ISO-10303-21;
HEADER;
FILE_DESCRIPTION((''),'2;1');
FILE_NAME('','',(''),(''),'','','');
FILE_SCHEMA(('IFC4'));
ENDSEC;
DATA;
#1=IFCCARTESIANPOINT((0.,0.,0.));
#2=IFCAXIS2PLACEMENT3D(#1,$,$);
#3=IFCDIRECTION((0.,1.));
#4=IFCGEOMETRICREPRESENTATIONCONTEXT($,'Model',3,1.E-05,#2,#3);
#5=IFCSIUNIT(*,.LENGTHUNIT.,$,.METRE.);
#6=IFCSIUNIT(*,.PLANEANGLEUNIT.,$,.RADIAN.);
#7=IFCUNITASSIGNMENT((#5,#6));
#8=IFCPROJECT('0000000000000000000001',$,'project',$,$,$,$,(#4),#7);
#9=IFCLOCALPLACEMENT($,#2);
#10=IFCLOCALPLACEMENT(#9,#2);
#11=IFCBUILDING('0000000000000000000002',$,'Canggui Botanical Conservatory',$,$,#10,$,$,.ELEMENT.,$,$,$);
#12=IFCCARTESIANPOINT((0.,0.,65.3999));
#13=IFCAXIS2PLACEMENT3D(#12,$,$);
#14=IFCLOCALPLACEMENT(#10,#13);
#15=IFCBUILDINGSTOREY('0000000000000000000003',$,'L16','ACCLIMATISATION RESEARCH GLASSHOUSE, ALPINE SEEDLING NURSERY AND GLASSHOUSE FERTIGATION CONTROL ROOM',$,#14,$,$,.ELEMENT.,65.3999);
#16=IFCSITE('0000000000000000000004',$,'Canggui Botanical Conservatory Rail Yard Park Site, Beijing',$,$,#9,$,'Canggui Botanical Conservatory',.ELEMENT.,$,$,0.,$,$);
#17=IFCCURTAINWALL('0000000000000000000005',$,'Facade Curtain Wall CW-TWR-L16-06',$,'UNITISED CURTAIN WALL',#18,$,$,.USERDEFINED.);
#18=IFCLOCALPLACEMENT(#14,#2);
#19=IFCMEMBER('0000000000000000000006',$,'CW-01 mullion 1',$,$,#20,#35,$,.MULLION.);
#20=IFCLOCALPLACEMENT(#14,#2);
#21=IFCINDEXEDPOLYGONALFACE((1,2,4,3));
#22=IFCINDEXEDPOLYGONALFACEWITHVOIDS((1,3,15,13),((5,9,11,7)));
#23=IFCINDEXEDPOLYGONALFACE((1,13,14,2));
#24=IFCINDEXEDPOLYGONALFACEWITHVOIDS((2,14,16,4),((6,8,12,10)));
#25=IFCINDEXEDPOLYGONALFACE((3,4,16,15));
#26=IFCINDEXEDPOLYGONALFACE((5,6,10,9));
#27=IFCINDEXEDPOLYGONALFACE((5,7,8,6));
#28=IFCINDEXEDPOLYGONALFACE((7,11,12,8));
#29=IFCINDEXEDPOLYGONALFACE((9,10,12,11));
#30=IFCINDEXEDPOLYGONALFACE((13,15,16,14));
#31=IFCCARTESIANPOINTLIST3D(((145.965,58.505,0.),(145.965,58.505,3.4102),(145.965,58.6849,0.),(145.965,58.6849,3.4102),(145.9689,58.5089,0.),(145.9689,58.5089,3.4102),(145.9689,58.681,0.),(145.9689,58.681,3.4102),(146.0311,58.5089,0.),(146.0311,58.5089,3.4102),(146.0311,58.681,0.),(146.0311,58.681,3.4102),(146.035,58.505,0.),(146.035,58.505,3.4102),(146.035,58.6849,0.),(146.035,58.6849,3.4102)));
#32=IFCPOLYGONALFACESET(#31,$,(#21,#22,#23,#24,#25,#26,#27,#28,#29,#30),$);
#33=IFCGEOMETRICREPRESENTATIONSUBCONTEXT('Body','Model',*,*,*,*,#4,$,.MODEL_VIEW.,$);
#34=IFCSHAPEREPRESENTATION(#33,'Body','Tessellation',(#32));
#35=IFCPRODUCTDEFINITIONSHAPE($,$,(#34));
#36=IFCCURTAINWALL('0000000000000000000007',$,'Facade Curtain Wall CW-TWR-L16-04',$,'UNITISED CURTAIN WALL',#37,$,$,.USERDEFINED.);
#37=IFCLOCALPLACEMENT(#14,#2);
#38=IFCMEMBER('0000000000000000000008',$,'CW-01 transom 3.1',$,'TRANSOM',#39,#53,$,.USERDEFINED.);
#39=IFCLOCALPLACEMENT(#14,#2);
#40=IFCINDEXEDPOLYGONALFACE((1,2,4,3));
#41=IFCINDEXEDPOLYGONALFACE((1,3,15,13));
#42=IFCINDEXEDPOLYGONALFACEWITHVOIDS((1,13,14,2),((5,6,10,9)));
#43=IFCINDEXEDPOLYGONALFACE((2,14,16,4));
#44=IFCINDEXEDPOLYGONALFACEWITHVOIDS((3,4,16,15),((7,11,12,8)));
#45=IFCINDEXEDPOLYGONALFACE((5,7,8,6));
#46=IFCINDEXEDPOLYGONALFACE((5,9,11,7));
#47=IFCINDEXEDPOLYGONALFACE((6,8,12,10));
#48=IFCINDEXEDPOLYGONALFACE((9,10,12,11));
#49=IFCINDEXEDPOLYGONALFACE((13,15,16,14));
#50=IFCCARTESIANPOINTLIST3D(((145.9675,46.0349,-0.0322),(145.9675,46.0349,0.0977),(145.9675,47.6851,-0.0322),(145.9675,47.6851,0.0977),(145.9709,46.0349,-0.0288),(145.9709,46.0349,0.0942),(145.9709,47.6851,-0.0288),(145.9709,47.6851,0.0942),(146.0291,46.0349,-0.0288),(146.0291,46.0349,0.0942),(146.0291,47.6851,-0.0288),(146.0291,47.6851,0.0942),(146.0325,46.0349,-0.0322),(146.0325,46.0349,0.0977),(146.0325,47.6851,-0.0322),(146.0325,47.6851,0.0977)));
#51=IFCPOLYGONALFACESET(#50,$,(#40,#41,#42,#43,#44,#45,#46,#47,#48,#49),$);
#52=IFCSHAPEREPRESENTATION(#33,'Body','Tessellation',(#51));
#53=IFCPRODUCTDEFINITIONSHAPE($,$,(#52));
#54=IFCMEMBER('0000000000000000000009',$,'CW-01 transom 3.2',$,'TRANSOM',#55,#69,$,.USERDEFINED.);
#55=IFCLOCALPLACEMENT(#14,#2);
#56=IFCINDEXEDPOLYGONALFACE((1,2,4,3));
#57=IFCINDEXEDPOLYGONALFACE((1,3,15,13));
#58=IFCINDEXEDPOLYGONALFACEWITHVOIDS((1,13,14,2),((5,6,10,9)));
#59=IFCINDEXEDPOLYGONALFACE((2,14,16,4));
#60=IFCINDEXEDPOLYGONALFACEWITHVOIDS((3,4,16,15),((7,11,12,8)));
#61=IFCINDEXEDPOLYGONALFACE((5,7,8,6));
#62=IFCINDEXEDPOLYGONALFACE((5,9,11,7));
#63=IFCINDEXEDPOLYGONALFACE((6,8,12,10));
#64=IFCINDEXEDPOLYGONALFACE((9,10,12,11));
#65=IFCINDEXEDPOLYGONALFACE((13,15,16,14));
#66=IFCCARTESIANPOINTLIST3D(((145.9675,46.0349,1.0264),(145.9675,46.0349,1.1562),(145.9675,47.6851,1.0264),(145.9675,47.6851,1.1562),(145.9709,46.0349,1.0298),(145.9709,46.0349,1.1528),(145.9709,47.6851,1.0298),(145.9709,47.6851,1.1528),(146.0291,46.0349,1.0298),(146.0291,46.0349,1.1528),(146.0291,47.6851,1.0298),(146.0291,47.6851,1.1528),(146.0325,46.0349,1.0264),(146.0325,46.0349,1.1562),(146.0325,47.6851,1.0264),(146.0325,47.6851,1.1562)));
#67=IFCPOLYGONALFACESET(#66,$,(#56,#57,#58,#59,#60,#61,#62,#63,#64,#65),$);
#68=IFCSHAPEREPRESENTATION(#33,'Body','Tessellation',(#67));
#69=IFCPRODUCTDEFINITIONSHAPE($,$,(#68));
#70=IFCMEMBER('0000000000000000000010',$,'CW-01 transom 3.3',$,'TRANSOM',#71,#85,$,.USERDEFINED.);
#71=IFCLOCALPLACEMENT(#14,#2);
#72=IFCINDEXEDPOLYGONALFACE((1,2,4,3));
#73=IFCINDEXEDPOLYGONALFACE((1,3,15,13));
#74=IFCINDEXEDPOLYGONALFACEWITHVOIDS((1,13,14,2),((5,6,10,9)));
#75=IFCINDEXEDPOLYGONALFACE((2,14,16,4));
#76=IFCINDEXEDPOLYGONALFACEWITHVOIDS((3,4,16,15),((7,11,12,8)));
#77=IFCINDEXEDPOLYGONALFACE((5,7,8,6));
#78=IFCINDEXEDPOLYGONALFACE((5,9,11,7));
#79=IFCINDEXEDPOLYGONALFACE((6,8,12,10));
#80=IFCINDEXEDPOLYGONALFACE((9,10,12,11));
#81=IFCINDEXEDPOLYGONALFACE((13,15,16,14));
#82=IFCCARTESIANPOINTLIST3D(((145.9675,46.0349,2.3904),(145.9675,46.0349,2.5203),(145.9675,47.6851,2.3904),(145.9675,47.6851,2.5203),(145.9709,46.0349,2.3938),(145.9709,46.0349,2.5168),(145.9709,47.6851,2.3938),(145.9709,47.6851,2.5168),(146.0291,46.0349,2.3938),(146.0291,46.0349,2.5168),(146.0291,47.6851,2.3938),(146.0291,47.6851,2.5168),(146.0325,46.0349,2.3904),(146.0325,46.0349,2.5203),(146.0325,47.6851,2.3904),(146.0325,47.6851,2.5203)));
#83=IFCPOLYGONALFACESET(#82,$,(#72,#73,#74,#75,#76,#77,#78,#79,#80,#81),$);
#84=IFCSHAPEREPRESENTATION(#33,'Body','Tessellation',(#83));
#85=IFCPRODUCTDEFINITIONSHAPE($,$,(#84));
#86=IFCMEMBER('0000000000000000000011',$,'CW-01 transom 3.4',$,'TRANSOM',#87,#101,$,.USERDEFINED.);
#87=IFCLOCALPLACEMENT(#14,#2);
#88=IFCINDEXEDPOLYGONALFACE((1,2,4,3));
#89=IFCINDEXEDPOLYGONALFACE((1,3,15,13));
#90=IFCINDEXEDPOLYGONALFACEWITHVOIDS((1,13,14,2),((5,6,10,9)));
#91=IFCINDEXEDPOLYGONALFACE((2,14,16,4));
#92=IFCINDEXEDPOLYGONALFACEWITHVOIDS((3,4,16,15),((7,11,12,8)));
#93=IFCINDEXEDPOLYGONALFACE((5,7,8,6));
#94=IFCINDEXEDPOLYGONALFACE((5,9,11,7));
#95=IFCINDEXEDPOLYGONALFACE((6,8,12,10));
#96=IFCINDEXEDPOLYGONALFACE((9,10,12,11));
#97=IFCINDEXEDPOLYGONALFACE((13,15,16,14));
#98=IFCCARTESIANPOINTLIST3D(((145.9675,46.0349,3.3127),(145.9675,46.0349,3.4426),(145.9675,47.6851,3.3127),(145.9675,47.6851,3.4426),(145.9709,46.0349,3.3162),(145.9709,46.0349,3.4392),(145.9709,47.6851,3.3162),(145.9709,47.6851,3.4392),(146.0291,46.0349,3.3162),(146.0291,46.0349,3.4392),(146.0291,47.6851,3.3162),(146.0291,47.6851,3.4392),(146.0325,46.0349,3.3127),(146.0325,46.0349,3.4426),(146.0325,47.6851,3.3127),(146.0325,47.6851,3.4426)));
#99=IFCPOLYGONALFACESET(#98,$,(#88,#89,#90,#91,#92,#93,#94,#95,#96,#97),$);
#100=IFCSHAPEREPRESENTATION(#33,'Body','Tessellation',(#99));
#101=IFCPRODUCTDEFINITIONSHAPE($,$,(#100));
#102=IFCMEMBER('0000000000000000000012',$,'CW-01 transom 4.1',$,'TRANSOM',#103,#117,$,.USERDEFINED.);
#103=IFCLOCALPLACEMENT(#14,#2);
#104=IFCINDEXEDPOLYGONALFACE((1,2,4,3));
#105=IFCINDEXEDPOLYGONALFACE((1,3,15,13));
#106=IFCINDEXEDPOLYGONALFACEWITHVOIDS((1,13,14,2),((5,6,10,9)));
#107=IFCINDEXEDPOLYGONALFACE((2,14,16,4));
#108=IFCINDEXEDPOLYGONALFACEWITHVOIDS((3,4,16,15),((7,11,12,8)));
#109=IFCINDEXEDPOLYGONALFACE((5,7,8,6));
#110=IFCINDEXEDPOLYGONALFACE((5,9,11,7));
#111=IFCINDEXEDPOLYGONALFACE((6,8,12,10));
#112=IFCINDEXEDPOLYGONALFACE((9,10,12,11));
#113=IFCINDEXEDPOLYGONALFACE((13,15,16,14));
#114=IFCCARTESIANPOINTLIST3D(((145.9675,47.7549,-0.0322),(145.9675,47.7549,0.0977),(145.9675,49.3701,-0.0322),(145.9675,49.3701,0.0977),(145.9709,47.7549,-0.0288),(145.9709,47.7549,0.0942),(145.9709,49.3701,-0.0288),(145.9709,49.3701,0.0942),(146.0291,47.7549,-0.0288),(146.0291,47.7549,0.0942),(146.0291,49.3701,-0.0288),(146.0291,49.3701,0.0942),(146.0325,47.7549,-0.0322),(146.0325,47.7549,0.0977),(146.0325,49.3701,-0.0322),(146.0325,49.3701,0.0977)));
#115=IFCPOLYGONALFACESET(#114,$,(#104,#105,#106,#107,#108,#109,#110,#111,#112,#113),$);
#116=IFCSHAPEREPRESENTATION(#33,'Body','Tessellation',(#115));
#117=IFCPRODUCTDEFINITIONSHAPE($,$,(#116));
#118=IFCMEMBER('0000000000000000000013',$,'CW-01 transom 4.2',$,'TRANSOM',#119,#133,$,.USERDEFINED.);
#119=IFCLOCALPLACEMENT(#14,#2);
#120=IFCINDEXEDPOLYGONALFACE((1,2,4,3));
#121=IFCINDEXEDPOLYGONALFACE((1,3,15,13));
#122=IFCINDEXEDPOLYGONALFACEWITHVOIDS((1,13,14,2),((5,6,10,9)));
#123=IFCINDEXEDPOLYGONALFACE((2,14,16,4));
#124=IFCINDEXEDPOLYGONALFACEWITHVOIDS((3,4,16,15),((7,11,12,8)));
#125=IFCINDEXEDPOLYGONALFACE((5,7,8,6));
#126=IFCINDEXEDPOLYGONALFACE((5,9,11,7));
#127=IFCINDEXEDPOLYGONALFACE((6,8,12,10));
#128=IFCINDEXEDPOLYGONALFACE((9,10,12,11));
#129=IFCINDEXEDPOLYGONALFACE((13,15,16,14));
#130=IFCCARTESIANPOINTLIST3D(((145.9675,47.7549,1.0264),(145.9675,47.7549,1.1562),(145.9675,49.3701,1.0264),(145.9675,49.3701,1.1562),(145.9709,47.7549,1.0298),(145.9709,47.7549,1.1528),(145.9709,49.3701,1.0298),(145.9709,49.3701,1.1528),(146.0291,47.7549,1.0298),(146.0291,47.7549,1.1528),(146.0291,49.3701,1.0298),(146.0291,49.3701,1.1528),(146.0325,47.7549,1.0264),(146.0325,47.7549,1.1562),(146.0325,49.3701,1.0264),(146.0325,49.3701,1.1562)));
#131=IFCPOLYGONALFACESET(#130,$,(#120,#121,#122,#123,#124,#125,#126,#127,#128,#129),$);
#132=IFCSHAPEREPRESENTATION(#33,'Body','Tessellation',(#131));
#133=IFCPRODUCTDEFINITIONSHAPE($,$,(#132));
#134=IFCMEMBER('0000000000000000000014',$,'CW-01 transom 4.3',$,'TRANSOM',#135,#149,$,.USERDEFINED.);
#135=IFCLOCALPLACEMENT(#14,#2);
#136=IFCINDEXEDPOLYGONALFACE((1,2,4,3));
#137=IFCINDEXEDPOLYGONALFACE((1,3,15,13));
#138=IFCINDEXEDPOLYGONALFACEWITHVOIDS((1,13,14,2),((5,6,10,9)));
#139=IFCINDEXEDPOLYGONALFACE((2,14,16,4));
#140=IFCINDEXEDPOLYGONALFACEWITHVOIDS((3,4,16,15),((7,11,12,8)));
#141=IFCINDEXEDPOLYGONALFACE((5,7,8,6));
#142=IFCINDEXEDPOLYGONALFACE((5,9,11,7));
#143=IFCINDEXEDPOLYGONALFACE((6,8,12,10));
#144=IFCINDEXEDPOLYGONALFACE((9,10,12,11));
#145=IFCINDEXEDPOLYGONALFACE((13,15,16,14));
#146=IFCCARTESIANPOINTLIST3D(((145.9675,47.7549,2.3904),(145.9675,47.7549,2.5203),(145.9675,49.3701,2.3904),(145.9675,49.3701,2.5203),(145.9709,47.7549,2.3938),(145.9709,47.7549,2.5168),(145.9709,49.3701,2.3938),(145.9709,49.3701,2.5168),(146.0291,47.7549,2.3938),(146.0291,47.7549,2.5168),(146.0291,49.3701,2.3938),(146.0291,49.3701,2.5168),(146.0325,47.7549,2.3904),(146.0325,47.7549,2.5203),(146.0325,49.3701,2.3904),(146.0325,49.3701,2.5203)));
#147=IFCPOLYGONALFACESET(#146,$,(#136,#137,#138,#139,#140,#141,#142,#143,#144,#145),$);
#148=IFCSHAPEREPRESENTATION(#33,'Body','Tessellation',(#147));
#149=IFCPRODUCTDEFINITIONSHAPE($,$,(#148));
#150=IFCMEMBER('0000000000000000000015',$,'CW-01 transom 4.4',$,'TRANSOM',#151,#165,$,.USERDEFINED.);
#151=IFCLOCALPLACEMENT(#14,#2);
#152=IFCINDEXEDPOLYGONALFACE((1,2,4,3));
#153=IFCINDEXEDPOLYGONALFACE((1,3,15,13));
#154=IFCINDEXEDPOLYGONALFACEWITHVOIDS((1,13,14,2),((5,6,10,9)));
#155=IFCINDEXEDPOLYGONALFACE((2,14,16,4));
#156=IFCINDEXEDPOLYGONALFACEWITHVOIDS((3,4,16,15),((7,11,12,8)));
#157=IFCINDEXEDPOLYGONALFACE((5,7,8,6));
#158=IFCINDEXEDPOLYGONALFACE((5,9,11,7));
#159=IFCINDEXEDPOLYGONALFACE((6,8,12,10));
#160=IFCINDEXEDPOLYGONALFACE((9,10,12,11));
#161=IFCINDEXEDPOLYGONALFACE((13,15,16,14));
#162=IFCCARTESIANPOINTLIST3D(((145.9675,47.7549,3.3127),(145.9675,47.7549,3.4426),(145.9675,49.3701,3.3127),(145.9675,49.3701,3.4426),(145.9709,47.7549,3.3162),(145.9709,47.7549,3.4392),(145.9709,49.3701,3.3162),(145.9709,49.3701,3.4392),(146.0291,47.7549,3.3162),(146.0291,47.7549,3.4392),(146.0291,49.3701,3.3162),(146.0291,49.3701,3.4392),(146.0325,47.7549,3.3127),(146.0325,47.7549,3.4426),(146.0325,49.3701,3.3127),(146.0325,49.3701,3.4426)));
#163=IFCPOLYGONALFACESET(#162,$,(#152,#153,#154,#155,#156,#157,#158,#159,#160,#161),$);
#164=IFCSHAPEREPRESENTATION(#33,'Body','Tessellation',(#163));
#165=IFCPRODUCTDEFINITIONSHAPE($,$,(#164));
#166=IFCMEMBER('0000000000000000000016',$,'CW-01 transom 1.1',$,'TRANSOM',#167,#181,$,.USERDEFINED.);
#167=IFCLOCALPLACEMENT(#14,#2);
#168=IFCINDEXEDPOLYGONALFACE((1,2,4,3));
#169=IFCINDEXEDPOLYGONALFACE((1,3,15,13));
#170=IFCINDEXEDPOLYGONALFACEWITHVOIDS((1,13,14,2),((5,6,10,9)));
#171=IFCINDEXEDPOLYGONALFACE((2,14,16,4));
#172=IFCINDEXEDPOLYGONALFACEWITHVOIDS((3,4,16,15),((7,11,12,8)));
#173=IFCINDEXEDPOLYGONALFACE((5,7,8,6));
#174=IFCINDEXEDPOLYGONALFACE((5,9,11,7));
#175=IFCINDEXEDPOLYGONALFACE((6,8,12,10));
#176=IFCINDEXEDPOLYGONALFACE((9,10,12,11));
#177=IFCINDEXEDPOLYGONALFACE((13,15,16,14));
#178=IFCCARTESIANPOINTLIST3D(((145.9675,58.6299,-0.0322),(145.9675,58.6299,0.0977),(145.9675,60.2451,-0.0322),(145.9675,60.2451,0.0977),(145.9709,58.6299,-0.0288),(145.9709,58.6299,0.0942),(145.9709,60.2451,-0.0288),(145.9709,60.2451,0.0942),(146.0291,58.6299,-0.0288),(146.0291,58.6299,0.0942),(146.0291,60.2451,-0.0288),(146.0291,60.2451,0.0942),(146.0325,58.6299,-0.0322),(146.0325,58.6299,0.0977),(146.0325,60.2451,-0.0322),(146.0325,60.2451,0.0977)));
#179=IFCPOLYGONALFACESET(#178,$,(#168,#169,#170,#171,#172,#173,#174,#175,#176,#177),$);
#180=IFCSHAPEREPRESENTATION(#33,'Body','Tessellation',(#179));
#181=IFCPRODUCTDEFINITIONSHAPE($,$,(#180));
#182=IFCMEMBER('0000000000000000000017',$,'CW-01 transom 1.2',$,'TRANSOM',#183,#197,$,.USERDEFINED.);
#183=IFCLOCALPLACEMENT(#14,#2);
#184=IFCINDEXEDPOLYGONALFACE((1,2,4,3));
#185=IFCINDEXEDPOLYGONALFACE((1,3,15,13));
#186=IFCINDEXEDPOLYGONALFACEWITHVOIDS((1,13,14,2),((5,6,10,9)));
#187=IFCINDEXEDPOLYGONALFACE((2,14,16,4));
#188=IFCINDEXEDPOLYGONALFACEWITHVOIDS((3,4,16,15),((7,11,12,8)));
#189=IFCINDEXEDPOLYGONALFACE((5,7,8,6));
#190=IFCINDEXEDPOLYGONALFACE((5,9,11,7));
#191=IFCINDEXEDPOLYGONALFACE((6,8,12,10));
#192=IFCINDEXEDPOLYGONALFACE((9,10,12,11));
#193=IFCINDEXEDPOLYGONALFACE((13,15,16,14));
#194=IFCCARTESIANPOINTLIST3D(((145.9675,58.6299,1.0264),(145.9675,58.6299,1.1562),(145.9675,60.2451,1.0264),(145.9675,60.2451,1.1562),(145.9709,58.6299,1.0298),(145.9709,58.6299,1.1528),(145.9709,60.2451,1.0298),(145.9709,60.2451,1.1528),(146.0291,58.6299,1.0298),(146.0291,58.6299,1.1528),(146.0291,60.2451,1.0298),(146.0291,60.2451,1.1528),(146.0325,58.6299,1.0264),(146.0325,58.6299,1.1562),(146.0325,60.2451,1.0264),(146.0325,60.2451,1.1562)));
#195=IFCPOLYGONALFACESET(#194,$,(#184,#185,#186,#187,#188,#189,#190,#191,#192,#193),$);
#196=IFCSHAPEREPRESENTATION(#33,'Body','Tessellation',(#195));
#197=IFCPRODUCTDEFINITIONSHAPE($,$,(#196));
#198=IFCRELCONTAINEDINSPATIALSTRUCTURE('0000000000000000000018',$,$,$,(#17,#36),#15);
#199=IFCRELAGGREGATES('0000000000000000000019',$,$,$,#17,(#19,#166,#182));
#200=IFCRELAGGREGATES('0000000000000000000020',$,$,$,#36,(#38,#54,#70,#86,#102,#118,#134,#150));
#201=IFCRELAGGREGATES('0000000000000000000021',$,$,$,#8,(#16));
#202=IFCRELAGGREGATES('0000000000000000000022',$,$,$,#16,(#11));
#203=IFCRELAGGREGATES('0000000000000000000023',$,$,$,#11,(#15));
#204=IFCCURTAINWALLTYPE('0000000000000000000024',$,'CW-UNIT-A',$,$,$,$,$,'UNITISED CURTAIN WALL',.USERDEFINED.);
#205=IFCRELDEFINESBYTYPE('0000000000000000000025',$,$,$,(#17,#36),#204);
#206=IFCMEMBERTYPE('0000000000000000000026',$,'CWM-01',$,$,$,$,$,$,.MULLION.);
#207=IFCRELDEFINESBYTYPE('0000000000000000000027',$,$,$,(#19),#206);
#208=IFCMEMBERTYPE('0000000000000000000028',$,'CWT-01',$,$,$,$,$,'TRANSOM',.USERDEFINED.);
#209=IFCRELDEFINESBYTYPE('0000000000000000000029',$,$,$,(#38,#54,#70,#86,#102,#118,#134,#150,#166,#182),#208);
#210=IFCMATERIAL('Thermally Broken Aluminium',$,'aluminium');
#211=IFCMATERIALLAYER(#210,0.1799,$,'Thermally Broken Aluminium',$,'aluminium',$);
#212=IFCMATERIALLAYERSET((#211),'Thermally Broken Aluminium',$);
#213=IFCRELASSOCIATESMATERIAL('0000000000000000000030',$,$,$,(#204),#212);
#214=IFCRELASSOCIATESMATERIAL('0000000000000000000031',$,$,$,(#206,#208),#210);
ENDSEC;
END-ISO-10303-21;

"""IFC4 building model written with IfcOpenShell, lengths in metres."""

from ifc_helpers import new_model, si_unit, direction, frame, origin, origin_2d, place, context, subcontext, project, spatial, hollow_rectangle, extrude, material, layer, layer_set, material_profile, profile_set, type_object, element, aggregate, save


model = new_model("IFC4")

# Units and contexts
model_context = context("Model", 3, precision=1e-05, world=origin(), true_north=direction((0.0, 1.0)))
body_context = subcontext(model_context, "Body", "Model", "MODEL_VIEW")
ifc_project = project(units=[si_unit("LENGTHUNIT", "METRE"), si_unit("PLANEANGLEUNIT", "RADIAN")], contexts=[model_context])

# Site, building, storey
site_placement = place(None, origin())
site = spatial("IfcSite", under=ifc_project, at=site_placement, Name="Canggui Botanical Conservatory Rail Yard Park Site, Beijing", LongName="Canggui Botanical Conservatory", CompositionType="ELEMENT", RefElevation=0.0)
building_placement = place(site_placement, origin())
building = spatial("IfcBuilding", under=site, at=building_placement, Name="Canggui Botanical Conservatory", CompositionType="ELEMENT")
storey_placement = place(building_placement, frame((0.0, 0.0, 65.3999)))
storey = spatial("IfcBuildingStorey", under=building, at=storey_placement, Name="L16", Description="ACCLIMATISATION RESEARCH GLASSHOUSE, ALPINE SEEDLING NURSERY AND GLASSHOUSE FERTIGATION CONTROL ROOM", CompositionType="ELEMENT", Elevation=65.3999)

# Curtain wall, member
ifc_material_1 = material(Name="Thermally Broken Aluminium", Category="aluminium")
ifc_layer_1 = layer(ifc_material_1, 0.1799, Name="Thermally Broken Aluminium", Category="aluminium")
ifc_layer_set_1 = layer_set([ifc_layer_1], Name="Thermally Broken Aluminium")
curtain_wall_type = type_object("IfcCurtainWallType", Name="CW-UNIT-A", ElementType="UNITISED CURTAIN WALL", PredefinedType="USERDEFINED", material=ifc_layer_set_1)
curtain_wall_1_placement = place(storey_placement, origin())
curtain_wall_1 = element("IfcCurtainWall", 1, at=curtain_wall_1_placement, inside=storey, type_object=curtain_wall_type, Name="Facade Curtain Wall CW-TWR-L16-06", ObjectType="UNITISED CURTAIN WALL", PredefinedType="USERDEFINED")
ifc_material_profile_1 = material_profile(ifc_material_1, hollow_rectangle(XDim=0.0701, YDim=0.1799, WallThickness=0.0039, at=origin_2d()), Name="CWM 70x180x4")
ifc_profile_set_1 = profile_set([ifc_material_profile_1], Name="Thermally Broken Aluminium")
member_type_1 = type_object("IfcMemberType", Name="CWM-01", PredefinedType="MULLION", material=ifc_profile_set_1)
member_1_placement = place(storey_placement, frame((146.0, 58.595, 0.0), z_axis=(0.0, 0.0, 1.0), x_axis=(-1.0, 0.0, 0.0)))
member_1 = element("IfcMember", 2, at=member_1_placement, type_object=member_type_1, Name="CW-01 mullion 1", PredefinedType="MULLION", context=body_context, shape_type="SweptSolid", body=[
    extrude(hollow_rectangle(XDim=0.0701, YDim=0.1799, WallThickness=0.0039, at=origin_2d()), origin(), (0.0, 0.0, 1.0), 3.4102),
])

# Curtain wall, members
curtain_wall_2_placement = place(storey_placement, origin())
curtain_wall_2 = element("IfcCurtainWall", 3, at=curtain_wall_2_placement, inside=storey, type_object=curtain_wall_type, Name="Facade Curtain Wall CW-TWR-L16-04", ObjectType="UNITISED CURTAIN WALL", PredefinedType="USERDEFINED")
ifc_material_profile_2 = material_profile(ifc_material_1, hollow_rectangle(XDim=0.0649, YDim=0.1299, WallThickness=0.0034, at=origin_2d()), Name="CWT 65x130x3.5")
ifc_profile_set_2 = profile_set([ifc_material_profile_2], Name="Thermally Broken Aluminium")
member_type_2 = type_object("IfcMemberType", Name="CWT-01", ElementType="TRANSOM", PredefinedType="USERDEFINED", material=ifc_profile_set_2)
member_2_placement = place(storey_placement, frame((146.0, 46.0349, 0.0327), z_axis=(0.0, 1.0, 0.0), x_axis=(-1.0, 0.0, 0.0)))
member_2 = element("IfcMember", 4, at=member_2_placement, type_object=member_type_2, Name="CW-01 transom 3.1", ObjectType="TRANSOM", PredefinedType="USERDEFINED", context=body_context, shape_type="SweptSolid", body=[
    extrude(hollow_rectangle(XDim=0.0649, YDim=0.1299, WallThickness=0.0034, at=origin_2d()), origin(), (0.0, 0.0, 1.0), 1.6501),
])
member_3_placement = place(storey_placement, frame((146.0, 46.0349, 1.0913), z_axis=(0.0, 1.0, 0.0), x_axis=(-1.0, 0.0, 0.0)))
member_3 = element("IfcMember", 5, at=member_3_placement, type_object=member_type_2, Name="CW-01 transom 3.2", ObjectType="TRANSOM", PredefinedType="USERDEFINED", context=body_context, shape_type="SweptSolid", body=[
    extrude(hollow_rectangle(XDim=0.0649, YDim=0.1299, WallThickness=0.0034, at=origin_2d()), origin(), (0.0, 0.0, 1.0), 1.6501),
])
member_4_placement = place(storey_placement, frame((146.0, 46.0349, 2.4553), z_axis=(0.0, 1.0, 0.0), x_axis=(-1.0, 0.0, 0.0)))
member_4 = element("IfcMember", 6, at=member_4_placement, type_object=member_type_2, Name="CW-01 transom 3.3", ObjectType="TRANSOM", PredefinedType="USERDEFINED", context=body_context, shape_type="SweptSolid", body=[
    extrude(hollow_rectangle(XDim=0.0649, YDim=0.1299, WallThickness=0.0034, at=origin_2d()), origin(), (0.0, 0.0, 1.0), 1.6501),
])
member_5_placement = place(storey_placement, frame((146.0, 46.0349, 3.3777), z_axis=(0.0, 1.0, 0.0), x_axis=(-1.0, 0.0, 0.0)))
member_5 = element("IfcMember", 7, at=member_5_placement, type_object=member_type_2, Name="CW-01 transom 3.4", ObjectType="TRANSOM", PredefinedType="USERDEFINED", context=body_context, shape_type="SweptSolid", body=[
    extrude(hollow_rectangle(XDim=0.0649, YDim=0.1299, WallThickness=0.0034, at=origin_2d()), origin(), (0.0, 0.0, 1.0), 1.6501),
])
member_6_placement = place(storey_placement, frame((146.0, 47.7549, 0.0327), z_axis=(0.0, 1.0, 0.0), x_axis=(-1.0, 0.0, 0.0)))
member_6 = element("IfcMember", 8, at=member_6_placement, type_object=member_type_2, Name="CW-01 transom 4.1", ObjectType="TRANSOM", PredefinedType="USERDEFINED", context=body_context, shape_type="SweptSolid", body=[
    extrude(hollow_rectangle(XDim=0.0649, YDim=0.1299, WallThickness=0.0034, at=origin_2d()), origin(), (0.0, 0.0, 1.0), 1.6152),
])
member_7_placement = place(storey_placement, frame((146.0, 47.7549, 1.0913), z_axis=(0.0, 1.0, 0.0), x_axis=(-1.0, 0.0, 0.0)))
member_7 = element("IfcMember", 9, at=member_7_placement, type_object=member_type_2, Name="CW-01 transom 4.2", ObjectType="TRANSOM", PredefinedType="USERDEFINED", context=body_context, shape_type="SweptSolid", body=[
    extrude(hollow_rectangle(XDim=0.0649, YDim=0.1299, WallThickness=0.0034, at=origin_2d()), origin(), (0.0, 0.0, 1.0), 1.6152),
])
member_8_placement = place(storey_placement, frame((146.0, 47.7549, 2.4553), z_axis=(0.0, 1.0, 0.0), x_axis=(-1.0, 0.0, 0.0)))
member_8 = element("IfcMember", 10, at=member_8_placement, type_object=member_type_2, Name="CW-01 transom 4.3", ObjectType="TRANSOM", PredefinedType="USERDEFINED", context=body_context, shape_type="SweptSolid", body=[
    extrude(hollow_rectangle(XDim=0.0649, YDim=0.1299, WallThickness=0.0034, at=origin_2d()), origin(), (0.0, 0.0, 1.0), 1.6152),
])
member_9_placement = place(storey_placement, frame((146.0, 47.7549, 3.3777), z_axis=(0.0, 1.0, 0.0), x_axis=(-1.0, 0.0, 0.0)))
member_9 = element("IfcMember", 11, at=member_9_placement, type_object=member_type_2, Name="CW-01 transom 4.4", ObjectType="TRANSOM", PredefinedType="USERDEFINED", context=body_context, shape_type="SweptSolid", body=[
    extrude(hollow_rectangle(XDim=0.0649, YDim=0.1299, WallThickness=0.0034, at=origin_2d()), origin(), (0.0, 0.0, 1.0), 1.6152),
])

# Members
member_10_placement = place(storey_placement, frame((146.0, 58.6299, 0.0327), z_axis=(0.0, 1.0, 0.0), x_axis=(-1.0, 0.0, 0.0)))
member_10 = element("IfcMember", 12, at=member_10_placement, type_object=member_type_2, Name="CW-01 transom 1.1", ObjectType="TRANSOM", PredefinedType="USERDEFINED", context=body_context, shape_type="SweptSolid", body=[
    extrude(hollow_rectangle(XDim=0.0649, YDim=0.1299, WallThickness=0.0034, at=origin_2d()), origin(), (0.0, 0.0, 1.0), 1.6152),
])
member_11_placement = place(storey_placement, frame((146.0, 58.6299, 1.0913), z_axis=(0.0, 1.0, 0.0), x_axis=(-1.0, 0.0, 0.0)))
member_11 = element("IfcMember", 13, at=member_11_placement, type_object=member_type_2, Name="CW-01 transom 1.2", ObjectType="TRANSOM", PredefinedType="USERDEFINED", context=body_context, shape_type="SweptSolid", body=[
    extrude(hollow_rectangle(XDim=0.0649, YDim=0.1299, WallThickness=0.0034, at=origin_2d()), origin(), (0.0, 0.0, 1.0), 1.6152),
])
aggregate(curtain_wall_1, [member_1, member_10, member_11])

aggregate(curtain_wall_2, [member_2, member_3, member_4, member_5, member_6, member_7, member_8, member_9])

save(model, "model.ifc")
